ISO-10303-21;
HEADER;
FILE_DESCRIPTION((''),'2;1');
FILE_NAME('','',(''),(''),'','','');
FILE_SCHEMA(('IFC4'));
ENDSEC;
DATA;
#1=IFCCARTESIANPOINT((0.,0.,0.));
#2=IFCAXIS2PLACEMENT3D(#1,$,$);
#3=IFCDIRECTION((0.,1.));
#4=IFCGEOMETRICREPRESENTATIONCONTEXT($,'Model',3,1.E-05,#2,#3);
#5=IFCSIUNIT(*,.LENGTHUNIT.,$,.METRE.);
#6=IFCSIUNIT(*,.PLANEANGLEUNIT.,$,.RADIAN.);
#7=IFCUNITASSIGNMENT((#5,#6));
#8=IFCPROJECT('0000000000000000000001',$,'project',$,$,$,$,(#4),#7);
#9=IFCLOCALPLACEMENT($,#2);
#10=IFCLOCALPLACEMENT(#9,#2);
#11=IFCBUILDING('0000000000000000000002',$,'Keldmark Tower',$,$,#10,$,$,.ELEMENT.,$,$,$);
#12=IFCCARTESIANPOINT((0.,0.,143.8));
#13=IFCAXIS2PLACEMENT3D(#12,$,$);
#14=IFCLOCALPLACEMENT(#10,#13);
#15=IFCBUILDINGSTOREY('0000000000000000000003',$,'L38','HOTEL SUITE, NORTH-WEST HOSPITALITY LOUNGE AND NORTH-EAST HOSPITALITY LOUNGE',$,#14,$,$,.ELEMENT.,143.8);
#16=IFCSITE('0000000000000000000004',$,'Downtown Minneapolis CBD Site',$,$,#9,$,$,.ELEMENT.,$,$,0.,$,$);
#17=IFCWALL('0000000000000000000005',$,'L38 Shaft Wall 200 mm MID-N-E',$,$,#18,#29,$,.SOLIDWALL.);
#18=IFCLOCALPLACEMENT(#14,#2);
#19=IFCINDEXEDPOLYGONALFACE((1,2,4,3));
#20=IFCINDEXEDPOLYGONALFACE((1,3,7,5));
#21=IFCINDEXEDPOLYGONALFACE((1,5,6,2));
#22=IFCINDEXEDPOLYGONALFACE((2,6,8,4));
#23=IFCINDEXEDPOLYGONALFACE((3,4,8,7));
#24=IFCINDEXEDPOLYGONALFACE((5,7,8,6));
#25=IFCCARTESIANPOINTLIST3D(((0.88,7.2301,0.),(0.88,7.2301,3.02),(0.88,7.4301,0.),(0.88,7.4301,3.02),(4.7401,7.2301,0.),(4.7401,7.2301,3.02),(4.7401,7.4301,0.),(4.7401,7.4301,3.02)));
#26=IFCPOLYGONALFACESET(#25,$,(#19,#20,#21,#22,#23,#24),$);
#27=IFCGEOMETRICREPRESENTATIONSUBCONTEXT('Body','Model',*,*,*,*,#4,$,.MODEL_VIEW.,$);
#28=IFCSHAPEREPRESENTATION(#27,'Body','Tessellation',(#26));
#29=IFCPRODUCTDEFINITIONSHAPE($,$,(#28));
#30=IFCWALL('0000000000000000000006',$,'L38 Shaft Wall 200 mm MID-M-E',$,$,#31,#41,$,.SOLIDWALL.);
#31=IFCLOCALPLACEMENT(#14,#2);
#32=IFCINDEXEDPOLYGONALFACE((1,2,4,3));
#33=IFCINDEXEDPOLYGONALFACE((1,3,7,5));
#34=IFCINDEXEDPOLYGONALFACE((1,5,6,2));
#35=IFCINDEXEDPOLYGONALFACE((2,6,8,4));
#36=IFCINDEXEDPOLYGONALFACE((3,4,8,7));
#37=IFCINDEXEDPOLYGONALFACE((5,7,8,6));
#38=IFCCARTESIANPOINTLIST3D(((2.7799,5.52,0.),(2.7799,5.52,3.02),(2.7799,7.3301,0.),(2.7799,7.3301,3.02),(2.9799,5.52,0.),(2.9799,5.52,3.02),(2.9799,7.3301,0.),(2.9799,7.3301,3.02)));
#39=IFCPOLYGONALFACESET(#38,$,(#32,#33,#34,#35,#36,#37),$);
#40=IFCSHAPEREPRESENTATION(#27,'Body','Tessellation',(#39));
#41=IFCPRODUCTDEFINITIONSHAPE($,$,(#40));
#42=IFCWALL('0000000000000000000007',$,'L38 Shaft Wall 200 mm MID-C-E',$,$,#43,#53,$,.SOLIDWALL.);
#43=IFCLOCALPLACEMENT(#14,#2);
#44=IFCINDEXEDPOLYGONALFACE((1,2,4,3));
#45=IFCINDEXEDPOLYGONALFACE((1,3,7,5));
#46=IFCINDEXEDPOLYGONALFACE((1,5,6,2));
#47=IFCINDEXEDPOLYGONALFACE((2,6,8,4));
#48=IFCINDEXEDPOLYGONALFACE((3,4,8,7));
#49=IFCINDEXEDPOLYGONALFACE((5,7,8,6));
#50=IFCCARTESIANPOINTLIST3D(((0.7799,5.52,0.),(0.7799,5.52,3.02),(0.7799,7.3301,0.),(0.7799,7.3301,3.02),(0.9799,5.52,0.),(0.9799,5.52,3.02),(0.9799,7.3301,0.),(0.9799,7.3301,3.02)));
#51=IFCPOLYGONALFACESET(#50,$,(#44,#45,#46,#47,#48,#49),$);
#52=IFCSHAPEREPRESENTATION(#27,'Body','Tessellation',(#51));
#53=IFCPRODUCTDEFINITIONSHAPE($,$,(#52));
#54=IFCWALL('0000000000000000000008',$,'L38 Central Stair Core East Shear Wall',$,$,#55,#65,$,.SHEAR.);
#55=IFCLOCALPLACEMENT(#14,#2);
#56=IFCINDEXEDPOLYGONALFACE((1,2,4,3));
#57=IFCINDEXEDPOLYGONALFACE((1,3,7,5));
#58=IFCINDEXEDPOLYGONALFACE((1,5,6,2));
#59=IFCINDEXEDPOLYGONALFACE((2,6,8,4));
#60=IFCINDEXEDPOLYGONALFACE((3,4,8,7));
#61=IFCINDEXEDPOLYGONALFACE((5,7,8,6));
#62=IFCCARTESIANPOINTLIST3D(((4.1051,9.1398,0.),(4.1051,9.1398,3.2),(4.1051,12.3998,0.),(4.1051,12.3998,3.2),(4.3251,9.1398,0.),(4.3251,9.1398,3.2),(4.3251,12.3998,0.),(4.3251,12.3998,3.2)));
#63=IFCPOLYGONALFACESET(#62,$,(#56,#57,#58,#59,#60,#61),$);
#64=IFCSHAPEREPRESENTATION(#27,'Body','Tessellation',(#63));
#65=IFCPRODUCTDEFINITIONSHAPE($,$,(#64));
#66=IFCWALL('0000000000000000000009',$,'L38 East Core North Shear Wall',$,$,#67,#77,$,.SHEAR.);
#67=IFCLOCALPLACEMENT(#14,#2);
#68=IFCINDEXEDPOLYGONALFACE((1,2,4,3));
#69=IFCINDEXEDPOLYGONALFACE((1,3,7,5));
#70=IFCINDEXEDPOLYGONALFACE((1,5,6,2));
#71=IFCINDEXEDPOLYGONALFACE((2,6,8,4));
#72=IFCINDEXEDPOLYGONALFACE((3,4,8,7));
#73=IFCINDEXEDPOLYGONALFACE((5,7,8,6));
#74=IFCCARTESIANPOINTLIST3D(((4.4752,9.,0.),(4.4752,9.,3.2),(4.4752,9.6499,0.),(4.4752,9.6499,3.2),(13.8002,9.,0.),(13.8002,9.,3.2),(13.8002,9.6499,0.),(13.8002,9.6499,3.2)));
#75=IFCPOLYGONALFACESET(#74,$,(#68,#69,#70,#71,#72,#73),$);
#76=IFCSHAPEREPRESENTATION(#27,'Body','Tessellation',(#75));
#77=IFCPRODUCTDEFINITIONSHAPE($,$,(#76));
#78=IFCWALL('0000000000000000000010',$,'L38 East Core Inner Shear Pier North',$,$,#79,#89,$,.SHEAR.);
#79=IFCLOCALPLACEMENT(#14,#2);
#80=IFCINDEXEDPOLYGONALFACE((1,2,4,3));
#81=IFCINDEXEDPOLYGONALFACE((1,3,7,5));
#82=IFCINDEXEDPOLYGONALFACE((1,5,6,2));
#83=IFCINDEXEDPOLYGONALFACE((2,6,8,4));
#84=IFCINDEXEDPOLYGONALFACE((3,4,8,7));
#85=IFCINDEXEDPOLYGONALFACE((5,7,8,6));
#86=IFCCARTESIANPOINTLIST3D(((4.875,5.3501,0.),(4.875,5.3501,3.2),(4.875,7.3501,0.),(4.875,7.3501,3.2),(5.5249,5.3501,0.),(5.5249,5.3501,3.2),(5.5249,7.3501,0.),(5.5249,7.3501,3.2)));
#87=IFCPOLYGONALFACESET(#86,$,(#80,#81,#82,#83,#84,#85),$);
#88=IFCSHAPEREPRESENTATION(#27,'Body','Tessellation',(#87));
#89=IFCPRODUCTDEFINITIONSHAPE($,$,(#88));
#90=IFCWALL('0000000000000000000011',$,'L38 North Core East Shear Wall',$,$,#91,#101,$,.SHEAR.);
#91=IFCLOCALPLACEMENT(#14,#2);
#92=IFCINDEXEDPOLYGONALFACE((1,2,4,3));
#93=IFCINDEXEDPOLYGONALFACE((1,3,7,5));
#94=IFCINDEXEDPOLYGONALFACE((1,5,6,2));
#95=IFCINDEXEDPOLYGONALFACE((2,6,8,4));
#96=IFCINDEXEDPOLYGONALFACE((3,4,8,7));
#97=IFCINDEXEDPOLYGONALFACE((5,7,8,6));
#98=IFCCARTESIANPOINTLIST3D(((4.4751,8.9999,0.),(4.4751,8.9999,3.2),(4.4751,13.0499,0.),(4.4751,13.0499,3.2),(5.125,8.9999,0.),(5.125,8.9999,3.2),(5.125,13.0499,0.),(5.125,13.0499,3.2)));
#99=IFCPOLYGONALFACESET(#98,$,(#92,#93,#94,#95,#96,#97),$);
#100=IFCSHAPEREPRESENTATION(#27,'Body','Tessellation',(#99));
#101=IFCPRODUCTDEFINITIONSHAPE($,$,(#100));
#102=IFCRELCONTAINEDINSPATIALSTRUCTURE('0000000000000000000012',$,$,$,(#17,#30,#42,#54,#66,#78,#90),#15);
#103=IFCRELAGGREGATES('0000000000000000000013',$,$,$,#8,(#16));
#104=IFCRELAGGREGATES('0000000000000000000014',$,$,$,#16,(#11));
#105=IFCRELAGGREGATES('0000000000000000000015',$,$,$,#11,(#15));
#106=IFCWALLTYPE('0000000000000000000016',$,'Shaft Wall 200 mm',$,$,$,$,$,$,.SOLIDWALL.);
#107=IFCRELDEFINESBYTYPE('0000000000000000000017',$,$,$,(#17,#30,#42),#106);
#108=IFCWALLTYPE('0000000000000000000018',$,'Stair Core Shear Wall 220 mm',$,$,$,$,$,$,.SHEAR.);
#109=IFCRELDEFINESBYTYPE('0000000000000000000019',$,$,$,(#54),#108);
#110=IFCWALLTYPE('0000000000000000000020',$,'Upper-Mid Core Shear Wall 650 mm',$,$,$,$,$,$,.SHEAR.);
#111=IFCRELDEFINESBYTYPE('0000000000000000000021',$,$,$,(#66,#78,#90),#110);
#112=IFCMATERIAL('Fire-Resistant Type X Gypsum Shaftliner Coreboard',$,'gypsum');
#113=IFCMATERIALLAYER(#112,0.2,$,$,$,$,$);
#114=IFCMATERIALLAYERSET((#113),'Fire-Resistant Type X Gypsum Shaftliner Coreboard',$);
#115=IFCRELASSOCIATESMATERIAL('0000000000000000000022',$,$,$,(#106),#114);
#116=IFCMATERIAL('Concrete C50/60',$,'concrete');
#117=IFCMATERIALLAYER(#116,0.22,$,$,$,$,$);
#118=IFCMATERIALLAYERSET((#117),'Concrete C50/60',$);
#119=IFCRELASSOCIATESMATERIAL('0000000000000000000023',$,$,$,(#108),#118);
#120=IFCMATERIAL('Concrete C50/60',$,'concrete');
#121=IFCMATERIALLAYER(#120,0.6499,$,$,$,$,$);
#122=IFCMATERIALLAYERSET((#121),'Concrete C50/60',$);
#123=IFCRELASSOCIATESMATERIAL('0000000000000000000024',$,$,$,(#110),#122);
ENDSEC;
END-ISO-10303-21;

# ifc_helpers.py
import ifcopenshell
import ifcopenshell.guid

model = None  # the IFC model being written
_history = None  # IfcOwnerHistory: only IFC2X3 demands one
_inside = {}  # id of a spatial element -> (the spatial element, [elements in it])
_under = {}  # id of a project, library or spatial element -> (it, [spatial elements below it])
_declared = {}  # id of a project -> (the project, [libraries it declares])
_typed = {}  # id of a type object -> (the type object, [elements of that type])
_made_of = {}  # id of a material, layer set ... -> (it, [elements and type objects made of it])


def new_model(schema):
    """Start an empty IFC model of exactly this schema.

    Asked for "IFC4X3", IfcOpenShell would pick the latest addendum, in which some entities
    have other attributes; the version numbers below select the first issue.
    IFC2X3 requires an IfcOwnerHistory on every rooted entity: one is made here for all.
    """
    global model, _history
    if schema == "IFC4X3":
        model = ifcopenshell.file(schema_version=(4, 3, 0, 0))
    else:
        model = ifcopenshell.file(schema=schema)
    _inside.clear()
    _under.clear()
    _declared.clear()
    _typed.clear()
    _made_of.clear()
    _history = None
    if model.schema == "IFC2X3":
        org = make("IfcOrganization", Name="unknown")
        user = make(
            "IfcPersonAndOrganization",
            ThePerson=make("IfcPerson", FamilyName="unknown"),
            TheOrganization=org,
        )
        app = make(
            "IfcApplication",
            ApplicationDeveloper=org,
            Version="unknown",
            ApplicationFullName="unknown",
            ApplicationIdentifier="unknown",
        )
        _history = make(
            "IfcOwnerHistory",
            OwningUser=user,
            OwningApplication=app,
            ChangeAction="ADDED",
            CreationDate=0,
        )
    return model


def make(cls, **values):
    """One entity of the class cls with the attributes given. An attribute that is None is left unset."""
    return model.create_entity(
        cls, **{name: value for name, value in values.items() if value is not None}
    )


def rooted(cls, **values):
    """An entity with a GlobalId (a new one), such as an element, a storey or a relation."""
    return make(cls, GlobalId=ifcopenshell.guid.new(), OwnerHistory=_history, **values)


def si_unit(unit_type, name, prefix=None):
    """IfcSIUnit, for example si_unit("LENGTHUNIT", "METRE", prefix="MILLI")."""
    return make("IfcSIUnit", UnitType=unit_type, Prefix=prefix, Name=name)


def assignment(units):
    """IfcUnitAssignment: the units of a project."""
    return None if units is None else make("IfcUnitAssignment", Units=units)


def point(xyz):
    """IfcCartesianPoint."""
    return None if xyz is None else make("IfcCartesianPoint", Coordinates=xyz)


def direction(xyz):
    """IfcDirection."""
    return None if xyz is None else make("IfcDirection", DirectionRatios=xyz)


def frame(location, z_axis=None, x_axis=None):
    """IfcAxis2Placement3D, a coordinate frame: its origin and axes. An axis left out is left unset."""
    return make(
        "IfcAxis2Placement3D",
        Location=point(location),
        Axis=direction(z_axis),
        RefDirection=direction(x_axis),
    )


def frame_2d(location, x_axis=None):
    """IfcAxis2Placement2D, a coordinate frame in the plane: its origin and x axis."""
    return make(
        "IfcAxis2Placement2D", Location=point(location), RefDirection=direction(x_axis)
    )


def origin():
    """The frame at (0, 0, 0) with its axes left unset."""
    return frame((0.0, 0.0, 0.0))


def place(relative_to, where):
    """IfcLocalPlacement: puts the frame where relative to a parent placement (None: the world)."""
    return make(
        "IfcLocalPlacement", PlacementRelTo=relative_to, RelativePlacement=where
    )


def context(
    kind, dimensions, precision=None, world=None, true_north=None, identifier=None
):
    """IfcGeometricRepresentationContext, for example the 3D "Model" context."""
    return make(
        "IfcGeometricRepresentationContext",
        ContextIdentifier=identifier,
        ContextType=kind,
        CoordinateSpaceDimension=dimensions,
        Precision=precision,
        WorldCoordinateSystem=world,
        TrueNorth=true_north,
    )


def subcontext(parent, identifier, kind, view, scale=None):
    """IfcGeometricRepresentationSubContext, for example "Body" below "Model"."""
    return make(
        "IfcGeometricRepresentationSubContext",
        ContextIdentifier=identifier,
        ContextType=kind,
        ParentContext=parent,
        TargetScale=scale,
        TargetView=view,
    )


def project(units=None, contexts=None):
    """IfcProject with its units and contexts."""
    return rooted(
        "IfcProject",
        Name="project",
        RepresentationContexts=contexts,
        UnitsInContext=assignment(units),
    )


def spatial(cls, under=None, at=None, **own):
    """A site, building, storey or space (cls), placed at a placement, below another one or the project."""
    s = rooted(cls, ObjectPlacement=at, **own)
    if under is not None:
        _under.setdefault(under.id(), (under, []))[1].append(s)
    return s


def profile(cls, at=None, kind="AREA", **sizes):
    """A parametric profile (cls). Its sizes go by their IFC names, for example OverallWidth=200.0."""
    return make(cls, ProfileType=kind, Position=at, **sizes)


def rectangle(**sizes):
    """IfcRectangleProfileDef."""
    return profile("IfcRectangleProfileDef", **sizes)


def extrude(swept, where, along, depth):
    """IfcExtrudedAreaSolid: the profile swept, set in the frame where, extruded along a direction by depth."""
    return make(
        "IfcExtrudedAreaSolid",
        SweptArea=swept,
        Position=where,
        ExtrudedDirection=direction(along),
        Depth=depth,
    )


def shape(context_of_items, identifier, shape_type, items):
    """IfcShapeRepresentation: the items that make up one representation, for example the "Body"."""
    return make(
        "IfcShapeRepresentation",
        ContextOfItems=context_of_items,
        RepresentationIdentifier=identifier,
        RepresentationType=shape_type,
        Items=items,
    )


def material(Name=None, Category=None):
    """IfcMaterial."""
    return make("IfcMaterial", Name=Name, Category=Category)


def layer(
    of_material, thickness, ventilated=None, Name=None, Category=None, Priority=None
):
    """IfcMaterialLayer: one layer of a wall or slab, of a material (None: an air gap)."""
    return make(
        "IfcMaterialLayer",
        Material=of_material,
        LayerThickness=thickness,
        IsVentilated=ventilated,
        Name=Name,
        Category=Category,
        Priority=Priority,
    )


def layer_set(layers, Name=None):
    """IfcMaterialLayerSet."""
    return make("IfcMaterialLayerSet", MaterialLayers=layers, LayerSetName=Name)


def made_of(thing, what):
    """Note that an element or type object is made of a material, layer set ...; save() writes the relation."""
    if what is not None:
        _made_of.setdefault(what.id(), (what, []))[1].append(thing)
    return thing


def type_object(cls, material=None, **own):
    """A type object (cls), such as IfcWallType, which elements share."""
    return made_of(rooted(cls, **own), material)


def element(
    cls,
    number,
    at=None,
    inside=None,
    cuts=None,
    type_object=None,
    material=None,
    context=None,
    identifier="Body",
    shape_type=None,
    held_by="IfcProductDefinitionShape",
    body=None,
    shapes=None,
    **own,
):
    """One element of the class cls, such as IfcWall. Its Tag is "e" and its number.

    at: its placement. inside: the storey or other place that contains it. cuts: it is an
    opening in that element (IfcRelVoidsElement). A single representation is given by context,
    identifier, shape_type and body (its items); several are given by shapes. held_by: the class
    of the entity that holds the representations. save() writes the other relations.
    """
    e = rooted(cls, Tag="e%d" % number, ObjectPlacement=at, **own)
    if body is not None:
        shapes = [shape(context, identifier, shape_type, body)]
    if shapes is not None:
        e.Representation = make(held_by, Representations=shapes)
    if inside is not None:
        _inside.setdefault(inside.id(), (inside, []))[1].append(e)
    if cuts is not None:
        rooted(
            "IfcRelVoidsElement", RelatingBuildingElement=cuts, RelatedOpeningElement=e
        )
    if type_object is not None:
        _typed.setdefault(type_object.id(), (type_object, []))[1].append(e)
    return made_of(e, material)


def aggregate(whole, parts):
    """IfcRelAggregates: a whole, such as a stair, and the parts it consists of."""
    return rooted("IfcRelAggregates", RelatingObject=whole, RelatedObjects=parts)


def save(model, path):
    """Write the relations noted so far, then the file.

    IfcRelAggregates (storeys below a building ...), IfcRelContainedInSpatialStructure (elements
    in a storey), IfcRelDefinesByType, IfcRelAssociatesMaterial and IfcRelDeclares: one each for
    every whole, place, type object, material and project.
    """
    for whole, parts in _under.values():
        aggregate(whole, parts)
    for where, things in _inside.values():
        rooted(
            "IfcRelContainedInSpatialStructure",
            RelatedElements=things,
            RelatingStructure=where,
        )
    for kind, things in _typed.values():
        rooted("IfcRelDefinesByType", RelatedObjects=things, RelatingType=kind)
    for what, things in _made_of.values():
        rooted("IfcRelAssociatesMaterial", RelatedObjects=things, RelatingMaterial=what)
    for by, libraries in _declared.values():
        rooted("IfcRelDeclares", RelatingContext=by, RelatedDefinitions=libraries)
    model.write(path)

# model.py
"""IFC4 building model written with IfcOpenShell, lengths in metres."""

from ifc_helpers import new_model, si_unit, direction, frame, frame_2d, origin, place, context, subcontext, project, spatial, rectangle, extrude, material, layer, layer_set, type_object, element, save


model = new_model("IFC4")

# Units and contexts
model_context = context("Model", 3, precision=1e-05, world=origin(), true_north=direction((0.0, 1.0)))
body_context = subcontext(model_context, "Body", "Model", "MODEL_VIEW")
ifc_project = project(units=[si_unit("LENGTHUNIT", "METRE"), si_unit("PLANEANGLEUNIT", "RADIAN")], contexts=[model_context])

# Site, building, storey
site_placement = place(None, origin())
site = spatial("IfcSite", under=ifc_project, at=site_placement, Name="Downtown Minneapolis CBD Site", CompositionType="ELEMENT", RefElevation=0.0)
building_placement = place(site_placement, origin())
building = spatial("IfcBuilding", under=site, at=building_placement, Name="Keldmark Tower", CompositionType="ELEMENT")
storey_placement = place(building_placement, frame((0.0, 0.0, 143.8)))
storey = spatial("IfcBuildingStorey", under=building, at=storey_placement, Name="L38", Description="HOTEL SUITE, NORTH-WEST HOSPITALITY LOUNGE AND NORTH-EAST HOSPITALITY LOUNGE", CompositionType="ELEMENT", Elevation=143.8)

# Shared definitions
ifc_material_1 = material(Name="Fire-Resistant Type X Gypsum Shaftliner Coreboard", Category="gypsum")
ifc_layer_1 = layer(ifc_material_1, 0.2)
ifc_layer_set_1 = layer_set([ifc_layer_1], Name="Fire-Resistant Type X Gypsum Shaftliner Coreboard")
wall_type_1 = type_object("IfcWallType", Name="Shaft Wall 200 mm", PredefinedType="SOLIDWALL", material=ifc_layer_set_1)

# Walls
wall_1_placement = place(storey_placement, frame((0.8799, 7.3301, 0.0), z_axis=(0.0, 0.0, 1.0), x_axis=(1.0, 0.0, 0.0)))
element("IfcWall", 1, at=wall_1_placement, inside=storey, type_object=wall_type_1, Name="L38 Shaft Wall 200 mm MID-N-E", PredefinedType="SOLIDWALL", context=body_context, shape_type="SweptSolid", body=[
    extrude(rectangle(XDim=3.8601, YDim=0.2, at=frame_2d((1.9302, 0.0))), origin(), (0.0, 0.0, 1.0), 3.02),
])
for number, where, z_axis, x_axis, name in (
    (2, (2.8799, 5.52, 0.0), (0.0, 0.0, 1.0), (0.0, 1.0, 0.0), "L38 Shaft Wall 200 mm MID-M-E"),
    (3, (0.8799, 5.52, 0.0), (0.0, 0.0, 1.0), (0.0, 1.0, 0.0), "L38 Shaft Wall 200 mm MID-C-E"),
):
    element("IfcWall", number, at=place(storey_placement, frame(where, z_axis=z_axis, x_axis=x_axis)), inside=storey, type_object=wall_type_1, Name=name, PredefinedType="SOLIDWALL", context=body_context, shape_type="SweptSolid", body=[
        extrude(rectangle(XDim=1.8101, YDim=0.2, at=frame_2d((0.905, 0.0))), origin(), (0.0, 0.0, 1.0), 3.02),
    ])
ifc_material_2 = material(Name="Concrete C50/60", Category="concrete")
ifc_layer_2 = layer(ifc_material_2, 0.22)
ifc_layer_set_2 = layer_set([ifc_layer_2], Name="Concrete C50/60")
wall_type_2 = type_object("IfcWallType", Name="Stair Core Shear Wall 220 mm", PredefinedType="SHEAR", material=ifc_layer_set_2)
wall_2_placement = place(storey_placement, frame((4.2151, 9.1399, 0.0), z_axis=(0.0, 0.0, 1.0), x_axis=(0.0, 1.0, 0.0)))
element("IfcWall", 4, at=wall_2_placement, inside=storey, type_object=wall_type_2, Name="L38 Central Stair Core East Shear Wall", PredefinedType="SHEAR", context=body_context, shape_type="SweptSolid", body=[
    extrude(rectangle(XDim=3.26, YDim=0.22, at=frame_2d((1.6299, 0.0))), origin(), (0.0, 0.0, 1.0), 3.2),
])
ifc_material_3 = material(Name="Concrete C50/60", Category="concrete")
ifc_layer_3 = layer(ifc_material_3, 0.6499)
ifc_layer_set_3 = layer_set([ifc_layer_3], Name="Concrete C50/60")
wall_type_3 = type_object("IfcWallType", Name="Upper-Mid Core Shear Wall 650 mm", PredefinedType="SHEAR", material=ifc_layer_set_3)
wall_3_placement = place(storey_placement, frame((4.4751, 9.325, 0.0), z_axis=(0.0, 0.0, 1.0), x_axis=(1.0, 0.0, 0.0)))
element("IfcWall", 5, at=wall_3_placement, inside=storey, type_object=wall_type_3, Name="L38 East Core North Shear Wall", PredefinedType="SHEAR", context=body_context, shape_type="SweptSolid", body=[
    extrude(rectangle(XDim=9.325, YDim=0.6499, at=frame_2d((4.6626, 0.0))), origin(), (0.0, 0.0, 1.0), 3.2),
])
wall_4_placement = place(storey_placement, frame((5.2, 5.3501, 0.0), z_axis=(0.0, 0.0, 1.0), x_axis=(0.0, 1.0, 0.0)))
element("IfcWall", 6, at=wall_4_placement, inside=storey, type_object=wall_type_3, Name="L38 East Core Inner Shear Pier North", PredefinedType="SHEAR", context=body_context, shape_type="SweptSolid", body=[
    extrude(rectangle(XDim=2.0, YDim=0.6499, at=frame_2d((1.0, 0.0))), origin(), (0.0, 0.0, 1.0), 3.2),
])
wall_5_placement = place(storey_placement, frame((4.8, 9.0, 0.0), z_axis=(0.0, 0.0, 1.0), x_axis=(0.0, 1.0, 0.0)))
element("IfcWall", 7, at=wall_5_placement, inside=storey, type_object=wall_type_3, Name="L38 North Core East Shear Wall", PredefinedType="SHEAR", context=body_context, shape_type="SweptSolid", body=[
    extrude(rectangle(XDim=4.05, YDim=0.6499, at=frame_2d((2.0249, 0.0))), origin(), (0.0, 0.0, 1.0), 3.2),
])

save(model, "model.ifc")
